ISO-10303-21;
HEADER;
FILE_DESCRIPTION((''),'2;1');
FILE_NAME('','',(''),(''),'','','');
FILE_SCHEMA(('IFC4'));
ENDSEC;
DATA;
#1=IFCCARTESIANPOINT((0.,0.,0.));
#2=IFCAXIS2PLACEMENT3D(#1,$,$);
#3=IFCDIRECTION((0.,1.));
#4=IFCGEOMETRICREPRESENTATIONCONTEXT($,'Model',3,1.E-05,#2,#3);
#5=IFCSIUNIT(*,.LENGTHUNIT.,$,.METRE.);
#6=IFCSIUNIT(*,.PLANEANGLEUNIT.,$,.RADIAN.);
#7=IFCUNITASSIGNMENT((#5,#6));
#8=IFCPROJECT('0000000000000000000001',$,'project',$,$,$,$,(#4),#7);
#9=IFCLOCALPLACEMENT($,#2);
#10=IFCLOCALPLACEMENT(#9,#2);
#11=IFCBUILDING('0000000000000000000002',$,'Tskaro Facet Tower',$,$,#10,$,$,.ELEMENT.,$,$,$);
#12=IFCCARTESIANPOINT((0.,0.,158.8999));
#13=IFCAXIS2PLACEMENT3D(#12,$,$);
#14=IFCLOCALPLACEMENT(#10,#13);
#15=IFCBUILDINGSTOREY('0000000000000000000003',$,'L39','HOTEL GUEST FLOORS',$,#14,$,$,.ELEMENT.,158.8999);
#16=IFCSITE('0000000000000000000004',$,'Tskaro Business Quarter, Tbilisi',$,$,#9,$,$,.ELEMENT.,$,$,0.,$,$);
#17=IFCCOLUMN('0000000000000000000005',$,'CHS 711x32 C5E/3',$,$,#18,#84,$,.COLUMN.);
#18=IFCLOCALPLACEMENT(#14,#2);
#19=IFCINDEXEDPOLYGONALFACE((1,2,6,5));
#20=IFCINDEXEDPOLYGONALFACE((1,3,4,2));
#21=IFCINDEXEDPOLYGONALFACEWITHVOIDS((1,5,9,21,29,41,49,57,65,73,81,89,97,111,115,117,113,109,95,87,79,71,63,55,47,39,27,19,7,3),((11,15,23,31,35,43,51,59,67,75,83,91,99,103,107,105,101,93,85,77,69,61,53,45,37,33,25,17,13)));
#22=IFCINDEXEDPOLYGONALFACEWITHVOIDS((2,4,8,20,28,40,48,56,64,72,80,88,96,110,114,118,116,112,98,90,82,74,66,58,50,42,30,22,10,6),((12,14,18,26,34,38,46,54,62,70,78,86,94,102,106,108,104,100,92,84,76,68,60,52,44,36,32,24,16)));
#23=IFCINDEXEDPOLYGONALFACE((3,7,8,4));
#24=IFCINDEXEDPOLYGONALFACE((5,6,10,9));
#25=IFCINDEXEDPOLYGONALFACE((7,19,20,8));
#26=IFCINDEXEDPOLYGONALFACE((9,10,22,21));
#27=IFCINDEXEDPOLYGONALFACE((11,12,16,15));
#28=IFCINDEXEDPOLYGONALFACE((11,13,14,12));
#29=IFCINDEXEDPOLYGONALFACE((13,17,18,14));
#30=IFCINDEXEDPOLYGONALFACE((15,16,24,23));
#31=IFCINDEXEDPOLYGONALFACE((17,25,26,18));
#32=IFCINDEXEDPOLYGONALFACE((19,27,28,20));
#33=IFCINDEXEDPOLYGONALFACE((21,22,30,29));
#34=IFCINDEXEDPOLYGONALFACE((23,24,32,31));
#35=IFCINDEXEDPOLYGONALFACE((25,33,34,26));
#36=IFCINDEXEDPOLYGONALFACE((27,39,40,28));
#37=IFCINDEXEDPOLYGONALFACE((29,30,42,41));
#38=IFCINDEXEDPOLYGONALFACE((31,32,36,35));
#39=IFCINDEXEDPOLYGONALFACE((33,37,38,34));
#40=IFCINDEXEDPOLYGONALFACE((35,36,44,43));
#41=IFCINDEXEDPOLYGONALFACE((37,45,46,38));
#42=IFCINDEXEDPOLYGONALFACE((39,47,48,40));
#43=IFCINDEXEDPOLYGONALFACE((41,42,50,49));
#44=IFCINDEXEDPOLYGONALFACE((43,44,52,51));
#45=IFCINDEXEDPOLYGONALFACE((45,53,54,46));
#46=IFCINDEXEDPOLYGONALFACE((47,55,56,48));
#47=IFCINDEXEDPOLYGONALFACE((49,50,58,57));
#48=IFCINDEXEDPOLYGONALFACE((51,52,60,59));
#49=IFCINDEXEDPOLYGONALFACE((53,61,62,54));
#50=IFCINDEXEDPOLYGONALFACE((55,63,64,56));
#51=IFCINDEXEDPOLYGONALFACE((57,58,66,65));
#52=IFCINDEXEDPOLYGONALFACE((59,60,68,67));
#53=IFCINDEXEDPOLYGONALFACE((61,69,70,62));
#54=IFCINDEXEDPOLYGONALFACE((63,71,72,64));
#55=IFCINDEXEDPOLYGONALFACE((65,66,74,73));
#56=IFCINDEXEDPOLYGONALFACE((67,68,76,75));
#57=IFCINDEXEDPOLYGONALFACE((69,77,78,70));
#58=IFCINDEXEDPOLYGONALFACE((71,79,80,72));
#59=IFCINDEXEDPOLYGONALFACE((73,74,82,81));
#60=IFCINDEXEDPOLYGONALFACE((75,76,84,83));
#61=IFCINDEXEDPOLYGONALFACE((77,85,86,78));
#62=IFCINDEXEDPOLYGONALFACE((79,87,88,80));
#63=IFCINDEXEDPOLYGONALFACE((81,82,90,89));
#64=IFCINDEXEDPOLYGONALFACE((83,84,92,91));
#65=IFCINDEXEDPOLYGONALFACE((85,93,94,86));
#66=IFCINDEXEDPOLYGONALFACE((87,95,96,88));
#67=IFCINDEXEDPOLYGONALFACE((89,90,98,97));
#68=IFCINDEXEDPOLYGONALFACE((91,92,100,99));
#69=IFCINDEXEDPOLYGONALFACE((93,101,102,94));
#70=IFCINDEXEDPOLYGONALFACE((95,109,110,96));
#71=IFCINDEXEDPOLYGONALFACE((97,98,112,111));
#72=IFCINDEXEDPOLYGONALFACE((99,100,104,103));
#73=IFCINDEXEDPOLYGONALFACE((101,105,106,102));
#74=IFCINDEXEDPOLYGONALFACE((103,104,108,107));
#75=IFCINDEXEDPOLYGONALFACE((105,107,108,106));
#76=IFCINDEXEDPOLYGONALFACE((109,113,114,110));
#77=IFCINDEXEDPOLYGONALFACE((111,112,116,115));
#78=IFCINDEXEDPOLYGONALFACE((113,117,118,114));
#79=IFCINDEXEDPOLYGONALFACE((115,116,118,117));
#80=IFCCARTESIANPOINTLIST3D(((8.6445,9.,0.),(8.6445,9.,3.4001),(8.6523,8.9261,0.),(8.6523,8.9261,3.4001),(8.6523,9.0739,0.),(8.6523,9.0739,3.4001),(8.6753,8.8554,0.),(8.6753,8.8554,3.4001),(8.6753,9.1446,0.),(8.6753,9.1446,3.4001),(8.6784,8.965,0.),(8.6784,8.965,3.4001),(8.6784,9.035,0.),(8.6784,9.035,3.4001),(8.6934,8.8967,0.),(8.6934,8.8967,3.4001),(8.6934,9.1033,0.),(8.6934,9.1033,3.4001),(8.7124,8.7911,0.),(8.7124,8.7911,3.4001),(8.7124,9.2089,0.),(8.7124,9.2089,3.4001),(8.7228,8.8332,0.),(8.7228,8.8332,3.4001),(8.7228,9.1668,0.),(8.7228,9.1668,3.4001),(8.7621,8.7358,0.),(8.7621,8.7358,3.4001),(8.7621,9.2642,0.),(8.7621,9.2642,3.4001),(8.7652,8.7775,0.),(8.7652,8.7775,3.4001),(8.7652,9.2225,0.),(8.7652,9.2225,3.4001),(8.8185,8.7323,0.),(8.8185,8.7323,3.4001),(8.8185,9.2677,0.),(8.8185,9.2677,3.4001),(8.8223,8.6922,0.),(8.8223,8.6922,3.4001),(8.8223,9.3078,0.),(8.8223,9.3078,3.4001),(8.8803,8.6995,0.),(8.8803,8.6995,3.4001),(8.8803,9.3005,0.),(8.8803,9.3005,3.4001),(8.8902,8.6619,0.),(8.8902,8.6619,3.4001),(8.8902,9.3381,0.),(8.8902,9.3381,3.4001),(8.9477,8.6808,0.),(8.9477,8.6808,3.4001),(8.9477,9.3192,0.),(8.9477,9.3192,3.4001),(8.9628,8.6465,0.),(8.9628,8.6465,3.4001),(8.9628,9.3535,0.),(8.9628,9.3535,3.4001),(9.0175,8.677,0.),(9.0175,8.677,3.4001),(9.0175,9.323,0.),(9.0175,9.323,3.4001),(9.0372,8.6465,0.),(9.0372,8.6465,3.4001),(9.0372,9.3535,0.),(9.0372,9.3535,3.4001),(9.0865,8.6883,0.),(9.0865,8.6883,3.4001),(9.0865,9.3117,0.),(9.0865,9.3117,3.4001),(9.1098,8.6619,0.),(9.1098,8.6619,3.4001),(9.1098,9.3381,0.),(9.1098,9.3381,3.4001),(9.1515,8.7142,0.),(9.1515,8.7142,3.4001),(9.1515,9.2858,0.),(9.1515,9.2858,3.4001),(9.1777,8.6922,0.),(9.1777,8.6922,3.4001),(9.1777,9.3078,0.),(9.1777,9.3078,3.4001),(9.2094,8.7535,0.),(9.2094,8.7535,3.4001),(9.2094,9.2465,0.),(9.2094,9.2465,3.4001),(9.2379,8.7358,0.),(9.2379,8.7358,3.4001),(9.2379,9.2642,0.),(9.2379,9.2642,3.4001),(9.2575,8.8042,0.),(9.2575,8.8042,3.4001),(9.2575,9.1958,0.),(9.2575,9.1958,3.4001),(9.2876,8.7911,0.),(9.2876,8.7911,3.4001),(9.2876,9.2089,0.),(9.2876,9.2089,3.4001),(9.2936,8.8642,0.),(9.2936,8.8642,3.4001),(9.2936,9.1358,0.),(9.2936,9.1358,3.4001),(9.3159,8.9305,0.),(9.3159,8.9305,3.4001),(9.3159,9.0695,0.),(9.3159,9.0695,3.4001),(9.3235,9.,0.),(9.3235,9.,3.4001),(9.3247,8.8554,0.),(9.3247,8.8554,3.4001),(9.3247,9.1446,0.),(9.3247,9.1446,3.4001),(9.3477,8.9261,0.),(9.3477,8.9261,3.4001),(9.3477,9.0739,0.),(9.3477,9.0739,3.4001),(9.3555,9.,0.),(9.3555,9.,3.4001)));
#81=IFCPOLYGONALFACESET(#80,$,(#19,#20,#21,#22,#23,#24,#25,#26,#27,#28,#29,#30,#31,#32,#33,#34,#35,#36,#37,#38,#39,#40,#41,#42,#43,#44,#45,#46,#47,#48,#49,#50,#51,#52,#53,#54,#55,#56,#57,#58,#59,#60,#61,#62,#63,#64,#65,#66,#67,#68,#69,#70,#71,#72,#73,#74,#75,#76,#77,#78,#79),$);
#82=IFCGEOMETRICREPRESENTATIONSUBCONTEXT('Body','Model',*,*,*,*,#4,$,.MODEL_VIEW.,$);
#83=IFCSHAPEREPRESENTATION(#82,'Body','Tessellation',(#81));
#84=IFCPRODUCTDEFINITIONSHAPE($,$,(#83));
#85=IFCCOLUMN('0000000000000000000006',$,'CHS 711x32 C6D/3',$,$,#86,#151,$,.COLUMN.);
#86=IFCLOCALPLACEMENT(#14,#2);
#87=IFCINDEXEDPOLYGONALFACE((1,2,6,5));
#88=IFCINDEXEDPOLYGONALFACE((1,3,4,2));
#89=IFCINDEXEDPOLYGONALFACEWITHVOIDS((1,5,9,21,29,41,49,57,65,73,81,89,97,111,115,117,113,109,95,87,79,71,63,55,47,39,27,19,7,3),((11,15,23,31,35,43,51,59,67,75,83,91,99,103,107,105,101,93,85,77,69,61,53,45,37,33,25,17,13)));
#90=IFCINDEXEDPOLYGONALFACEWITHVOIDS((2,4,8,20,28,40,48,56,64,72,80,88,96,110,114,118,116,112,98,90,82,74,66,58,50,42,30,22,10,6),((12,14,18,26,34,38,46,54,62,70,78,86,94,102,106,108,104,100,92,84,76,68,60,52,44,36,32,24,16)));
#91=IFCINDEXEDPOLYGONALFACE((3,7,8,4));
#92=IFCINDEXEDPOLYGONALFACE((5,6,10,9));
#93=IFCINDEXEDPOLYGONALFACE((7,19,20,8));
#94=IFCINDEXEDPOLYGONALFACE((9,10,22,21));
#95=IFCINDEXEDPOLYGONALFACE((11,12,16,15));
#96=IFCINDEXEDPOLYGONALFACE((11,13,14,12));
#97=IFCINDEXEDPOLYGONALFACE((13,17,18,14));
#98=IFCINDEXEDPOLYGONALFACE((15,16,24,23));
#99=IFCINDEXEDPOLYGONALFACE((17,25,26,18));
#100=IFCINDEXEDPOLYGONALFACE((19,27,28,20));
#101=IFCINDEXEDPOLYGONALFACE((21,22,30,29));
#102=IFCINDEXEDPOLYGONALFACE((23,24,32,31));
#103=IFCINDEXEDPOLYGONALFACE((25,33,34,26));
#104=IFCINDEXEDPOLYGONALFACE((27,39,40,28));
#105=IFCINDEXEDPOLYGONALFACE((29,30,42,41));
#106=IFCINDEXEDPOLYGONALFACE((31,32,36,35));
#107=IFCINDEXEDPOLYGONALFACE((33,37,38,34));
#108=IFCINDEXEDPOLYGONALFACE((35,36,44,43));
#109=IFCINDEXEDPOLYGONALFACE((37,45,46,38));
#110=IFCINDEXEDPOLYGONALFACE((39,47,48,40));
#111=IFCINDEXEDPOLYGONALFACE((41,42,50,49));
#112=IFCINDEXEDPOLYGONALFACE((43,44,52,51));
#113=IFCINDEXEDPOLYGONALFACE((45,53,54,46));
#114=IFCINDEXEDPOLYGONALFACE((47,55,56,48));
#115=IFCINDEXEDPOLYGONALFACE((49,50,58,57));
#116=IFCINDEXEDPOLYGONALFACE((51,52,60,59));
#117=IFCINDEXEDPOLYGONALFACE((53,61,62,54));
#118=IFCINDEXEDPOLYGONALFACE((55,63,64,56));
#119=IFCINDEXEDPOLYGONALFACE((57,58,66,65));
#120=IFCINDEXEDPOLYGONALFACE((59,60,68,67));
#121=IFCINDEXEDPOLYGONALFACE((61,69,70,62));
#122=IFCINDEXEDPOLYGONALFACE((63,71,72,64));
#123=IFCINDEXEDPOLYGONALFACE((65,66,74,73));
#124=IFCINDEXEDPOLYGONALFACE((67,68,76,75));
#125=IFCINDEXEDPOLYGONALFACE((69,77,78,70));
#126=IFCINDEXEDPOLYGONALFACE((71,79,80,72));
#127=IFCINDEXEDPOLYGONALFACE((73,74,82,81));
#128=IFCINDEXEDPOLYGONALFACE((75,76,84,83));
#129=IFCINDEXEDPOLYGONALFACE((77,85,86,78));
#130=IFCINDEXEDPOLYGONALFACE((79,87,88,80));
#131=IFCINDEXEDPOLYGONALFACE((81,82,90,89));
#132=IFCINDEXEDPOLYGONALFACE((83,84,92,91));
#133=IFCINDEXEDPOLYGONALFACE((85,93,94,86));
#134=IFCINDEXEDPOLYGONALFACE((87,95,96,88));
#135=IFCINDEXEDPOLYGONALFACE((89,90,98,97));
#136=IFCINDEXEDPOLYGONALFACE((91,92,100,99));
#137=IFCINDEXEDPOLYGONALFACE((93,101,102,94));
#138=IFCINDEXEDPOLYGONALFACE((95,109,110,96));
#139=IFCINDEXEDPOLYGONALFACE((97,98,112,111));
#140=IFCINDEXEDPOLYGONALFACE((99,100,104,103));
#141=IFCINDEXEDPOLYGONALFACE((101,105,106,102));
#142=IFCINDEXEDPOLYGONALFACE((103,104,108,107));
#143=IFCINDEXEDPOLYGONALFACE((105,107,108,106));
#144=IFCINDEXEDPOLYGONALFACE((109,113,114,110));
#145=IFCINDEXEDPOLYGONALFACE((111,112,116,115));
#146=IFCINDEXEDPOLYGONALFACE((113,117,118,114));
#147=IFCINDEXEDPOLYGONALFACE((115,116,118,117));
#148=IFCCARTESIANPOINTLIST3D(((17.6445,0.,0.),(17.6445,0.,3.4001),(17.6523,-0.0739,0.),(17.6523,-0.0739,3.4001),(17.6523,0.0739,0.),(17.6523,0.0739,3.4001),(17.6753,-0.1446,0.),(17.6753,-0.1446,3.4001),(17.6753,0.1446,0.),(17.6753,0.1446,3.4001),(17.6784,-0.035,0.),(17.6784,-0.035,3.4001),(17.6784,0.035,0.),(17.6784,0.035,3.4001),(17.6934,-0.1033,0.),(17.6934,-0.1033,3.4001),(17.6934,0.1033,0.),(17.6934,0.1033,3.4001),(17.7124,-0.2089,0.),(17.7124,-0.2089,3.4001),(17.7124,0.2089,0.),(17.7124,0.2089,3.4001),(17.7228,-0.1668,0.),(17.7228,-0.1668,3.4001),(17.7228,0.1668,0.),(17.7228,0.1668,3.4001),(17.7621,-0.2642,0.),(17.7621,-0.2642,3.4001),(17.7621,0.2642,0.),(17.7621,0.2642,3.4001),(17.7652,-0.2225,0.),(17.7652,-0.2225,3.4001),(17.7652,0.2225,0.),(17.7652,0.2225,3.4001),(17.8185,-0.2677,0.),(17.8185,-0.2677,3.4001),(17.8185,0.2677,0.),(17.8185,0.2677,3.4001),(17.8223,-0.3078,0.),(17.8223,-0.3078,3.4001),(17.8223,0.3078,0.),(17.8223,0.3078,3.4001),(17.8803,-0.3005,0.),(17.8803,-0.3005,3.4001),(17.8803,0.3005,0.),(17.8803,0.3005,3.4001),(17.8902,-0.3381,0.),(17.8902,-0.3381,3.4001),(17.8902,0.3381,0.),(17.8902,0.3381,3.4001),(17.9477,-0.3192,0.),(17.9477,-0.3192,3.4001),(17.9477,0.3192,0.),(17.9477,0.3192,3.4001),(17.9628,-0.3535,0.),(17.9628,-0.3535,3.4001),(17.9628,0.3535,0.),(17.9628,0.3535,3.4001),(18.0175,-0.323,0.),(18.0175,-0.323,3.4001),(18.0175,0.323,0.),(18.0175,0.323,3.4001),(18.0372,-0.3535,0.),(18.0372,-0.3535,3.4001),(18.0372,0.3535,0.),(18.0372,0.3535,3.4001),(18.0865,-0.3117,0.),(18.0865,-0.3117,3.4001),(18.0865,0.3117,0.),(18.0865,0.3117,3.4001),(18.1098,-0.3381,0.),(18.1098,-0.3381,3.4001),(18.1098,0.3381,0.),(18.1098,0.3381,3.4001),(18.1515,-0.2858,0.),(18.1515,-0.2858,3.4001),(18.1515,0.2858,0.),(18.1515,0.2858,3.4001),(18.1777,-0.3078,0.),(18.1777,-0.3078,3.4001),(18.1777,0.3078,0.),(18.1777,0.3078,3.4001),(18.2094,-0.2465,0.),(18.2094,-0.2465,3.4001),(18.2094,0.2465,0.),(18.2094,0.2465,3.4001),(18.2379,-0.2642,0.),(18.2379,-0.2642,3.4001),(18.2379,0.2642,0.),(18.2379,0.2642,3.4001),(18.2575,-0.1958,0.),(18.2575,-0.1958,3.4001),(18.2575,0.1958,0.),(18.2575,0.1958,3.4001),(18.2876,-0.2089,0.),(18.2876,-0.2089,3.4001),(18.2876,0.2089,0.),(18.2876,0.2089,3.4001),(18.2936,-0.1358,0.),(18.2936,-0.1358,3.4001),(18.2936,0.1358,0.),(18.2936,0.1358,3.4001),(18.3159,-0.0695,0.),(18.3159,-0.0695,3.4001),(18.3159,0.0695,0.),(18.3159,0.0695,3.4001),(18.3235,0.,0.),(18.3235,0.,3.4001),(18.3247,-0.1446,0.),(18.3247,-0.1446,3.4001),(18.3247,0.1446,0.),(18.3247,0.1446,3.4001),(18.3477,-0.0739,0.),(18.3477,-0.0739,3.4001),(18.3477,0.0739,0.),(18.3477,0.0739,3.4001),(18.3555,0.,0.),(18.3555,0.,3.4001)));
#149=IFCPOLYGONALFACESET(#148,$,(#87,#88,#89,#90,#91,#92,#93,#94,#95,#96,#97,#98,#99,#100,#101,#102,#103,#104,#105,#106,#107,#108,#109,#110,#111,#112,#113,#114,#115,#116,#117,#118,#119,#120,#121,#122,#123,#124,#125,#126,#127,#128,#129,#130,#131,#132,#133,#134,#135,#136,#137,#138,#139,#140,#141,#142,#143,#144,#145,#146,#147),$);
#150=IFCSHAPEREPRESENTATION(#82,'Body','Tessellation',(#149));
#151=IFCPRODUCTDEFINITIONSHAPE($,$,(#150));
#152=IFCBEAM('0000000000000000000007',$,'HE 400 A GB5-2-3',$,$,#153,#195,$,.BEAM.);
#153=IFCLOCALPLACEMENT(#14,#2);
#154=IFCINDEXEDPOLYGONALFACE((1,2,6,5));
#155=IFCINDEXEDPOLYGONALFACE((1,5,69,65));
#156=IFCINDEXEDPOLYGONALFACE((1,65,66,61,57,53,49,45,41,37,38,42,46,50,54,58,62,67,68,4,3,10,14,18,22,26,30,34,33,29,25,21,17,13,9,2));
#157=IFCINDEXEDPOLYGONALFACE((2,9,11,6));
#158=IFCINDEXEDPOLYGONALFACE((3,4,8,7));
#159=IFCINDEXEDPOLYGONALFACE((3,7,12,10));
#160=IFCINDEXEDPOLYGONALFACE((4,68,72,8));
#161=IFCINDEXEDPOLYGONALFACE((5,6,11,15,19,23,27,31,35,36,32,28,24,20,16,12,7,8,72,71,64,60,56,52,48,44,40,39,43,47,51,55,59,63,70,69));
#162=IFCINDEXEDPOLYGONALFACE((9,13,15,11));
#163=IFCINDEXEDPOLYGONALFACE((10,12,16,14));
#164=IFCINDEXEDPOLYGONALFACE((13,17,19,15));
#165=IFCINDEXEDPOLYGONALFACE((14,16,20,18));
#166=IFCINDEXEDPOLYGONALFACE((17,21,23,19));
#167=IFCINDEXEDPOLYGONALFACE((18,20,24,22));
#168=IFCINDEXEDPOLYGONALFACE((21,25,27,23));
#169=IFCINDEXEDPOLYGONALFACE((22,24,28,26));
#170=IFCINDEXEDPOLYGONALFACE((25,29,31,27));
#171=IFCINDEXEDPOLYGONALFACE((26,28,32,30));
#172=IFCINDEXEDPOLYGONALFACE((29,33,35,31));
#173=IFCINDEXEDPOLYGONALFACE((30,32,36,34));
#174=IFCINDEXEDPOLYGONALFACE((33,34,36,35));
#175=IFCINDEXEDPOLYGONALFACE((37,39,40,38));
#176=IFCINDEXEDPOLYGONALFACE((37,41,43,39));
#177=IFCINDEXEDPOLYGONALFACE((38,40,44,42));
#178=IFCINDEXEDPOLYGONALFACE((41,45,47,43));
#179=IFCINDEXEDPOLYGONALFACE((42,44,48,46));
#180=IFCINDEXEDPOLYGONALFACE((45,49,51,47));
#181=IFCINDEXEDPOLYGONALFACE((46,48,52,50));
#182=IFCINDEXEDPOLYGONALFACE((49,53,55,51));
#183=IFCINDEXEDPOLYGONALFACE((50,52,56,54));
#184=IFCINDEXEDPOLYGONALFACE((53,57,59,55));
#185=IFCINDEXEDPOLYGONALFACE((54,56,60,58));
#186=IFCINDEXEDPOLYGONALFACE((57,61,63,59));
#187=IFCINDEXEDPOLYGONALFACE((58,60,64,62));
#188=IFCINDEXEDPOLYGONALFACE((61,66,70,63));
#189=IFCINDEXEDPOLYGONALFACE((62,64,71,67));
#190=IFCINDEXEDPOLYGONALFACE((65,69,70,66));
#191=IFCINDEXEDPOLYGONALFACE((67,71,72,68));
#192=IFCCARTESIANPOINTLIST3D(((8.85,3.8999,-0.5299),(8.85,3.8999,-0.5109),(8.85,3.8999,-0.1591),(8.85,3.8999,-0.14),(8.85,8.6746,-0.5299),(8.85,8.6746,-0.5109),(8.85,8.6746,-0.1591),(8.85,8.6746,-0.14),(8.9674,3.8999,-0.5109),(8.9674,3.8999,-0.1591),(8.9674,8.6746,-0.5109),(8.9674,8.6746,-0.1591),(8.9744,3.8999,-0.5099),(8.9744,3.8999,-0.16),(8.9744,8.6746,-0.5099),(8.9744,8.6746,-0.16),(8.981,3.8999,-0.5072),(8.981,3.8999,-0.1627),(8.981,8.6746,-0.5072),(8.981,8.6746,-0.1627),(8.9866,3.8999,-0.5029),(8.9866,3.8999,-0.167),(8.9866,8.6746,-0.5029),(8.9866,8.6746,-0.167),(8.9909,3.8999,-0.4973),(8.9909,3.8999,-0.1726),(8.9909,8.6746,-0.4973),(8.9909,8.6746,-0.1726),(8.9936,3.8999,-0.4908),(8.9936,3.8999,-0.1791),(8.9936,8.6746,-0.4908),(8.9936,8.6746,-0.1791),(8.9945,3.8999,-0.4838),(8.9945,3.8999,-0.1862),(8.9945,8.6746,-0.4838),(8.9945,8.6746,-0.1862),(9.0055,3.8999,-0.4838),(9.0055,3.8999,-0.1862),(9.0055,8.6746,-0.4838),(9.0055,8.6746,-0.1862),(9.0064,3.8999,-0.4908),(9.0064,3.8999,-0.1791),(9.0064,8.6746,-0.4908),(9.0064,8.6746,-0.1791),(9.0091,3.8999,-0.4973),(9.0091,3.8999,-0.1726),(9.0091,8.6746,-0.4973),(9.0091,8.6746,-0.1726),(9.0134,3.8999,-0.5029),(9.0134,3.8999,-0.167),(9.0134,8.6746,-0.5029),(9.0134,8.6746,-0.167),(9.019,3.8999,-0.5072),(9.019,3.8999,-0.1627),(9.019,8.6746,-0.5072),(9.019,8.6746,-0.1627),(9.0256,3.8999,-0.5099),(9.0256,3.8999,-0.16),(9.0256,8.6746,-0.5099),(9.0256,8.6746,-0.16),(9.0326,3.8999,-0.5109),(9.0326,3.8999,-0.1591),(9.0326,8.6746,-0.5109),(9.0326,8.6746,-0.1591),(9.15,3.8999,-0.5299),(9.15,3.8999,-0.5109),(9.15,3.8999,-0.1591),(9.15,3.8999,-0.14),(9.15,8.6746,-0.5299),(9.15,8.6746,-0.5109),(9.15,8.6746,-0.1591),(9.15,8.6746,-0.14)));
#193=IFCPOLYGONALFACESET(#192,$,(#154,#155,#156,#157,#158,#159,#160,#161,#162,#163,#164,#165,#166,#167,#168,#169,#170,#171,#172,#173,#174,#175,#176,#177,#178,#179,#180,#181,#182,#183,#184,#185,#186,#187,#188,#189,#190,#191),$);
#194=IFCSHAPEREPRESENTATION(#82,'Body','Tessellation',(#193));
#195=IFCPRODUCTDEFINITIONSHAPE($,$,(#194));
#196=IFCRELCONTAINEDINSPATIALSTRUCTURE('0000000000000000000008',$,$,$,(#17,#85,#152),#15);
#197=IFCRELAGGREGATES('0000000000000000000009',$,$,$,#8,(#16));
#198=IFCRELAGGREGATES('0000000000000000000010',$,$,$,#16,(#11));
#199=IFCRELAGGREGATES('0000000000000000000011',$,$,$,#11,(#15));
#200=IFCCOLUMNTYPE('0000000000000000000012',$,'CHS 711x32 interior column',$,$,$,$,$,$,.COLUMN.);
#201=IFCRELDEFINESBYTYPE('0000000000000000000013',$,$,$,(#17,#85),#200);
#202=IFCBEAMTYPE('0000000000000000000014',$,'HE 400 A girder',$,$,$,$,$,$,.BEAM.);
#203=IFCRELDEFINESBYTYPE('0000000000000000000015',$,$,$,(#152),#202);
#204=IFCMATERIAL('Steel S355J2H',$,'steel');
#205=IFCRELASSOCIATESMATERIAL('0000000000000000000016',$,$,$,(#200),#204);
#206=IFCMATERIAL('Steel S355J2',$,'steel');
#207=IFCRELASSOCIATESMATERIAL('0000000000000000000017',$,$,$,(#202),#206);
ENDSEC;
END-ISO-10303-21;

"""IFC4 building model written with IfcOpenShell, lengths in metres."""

from ifc_helpers import new_model, si_unit, direction, frame, origin, origin_2d, place, context, subcontext, project, spatial, hollow_circle, i_section, extrude, material, material_profile, profile_set, type_object, element, save


model = new_model("IFC4")

# Units and contexts
model_context = context("Model", 3, precision=1e-05, world=origin(), true_north=direction((0.0, 1.0)))
body_context = subcontext(model_context, "Body", "Model", "MODEL_VIEW")
ifc_project = project(units=[si_unit("LENGTHUNIT", "METRE"), si_unit("PLANEANGLEUNIT", "RADIAN")], contexts=[model_context])

# Site, building, storey
site_placement = place(None, origin())
site = spatial("IfcSite", under=ifc_project, at=site_placement, Name="Tskaro Business Quarter, Tbilisi", CompositionType="ELEMENT", RefElevation=0.0)
building_placement = place(site_placement, origin())
building = spatial("IfcBuilding", under=site, at=building_placement, Name="Tskaro Facet Tower", CompositionType="ELEMENT")
storey_placement = place(building_placement, frame((0.0, 0.0, 158.8999)))
storey = spatial("IfcBuildingStorey", under=building, at=storey_placement, Name="L39", Description="HOTEL GUEST FLOORS", CompositionType="ELEMENT", Elevation=158.8999)

# Columns
ifc_material_1 = material(Name="Steel S355J2H", Category="steel")
ifc_material_profile_1 = material_profile(ifc_material_1, hollow_circle(Radius=0.3555, WallThickness=0.032, at=origin_2d()), Name="CHS 711x32")
ifc_profile_set_1 = profile_set([ifc_material_profile_1], Name="Steel S355J2H")
column_type = type_object("IfcColumnType", Name="CHS 711x32 interior column", PredefinedType="COLUMN", material=ifc_profile_set_1)
for number, where, z_axis, x_axis, name in (
    (1, (9.0, 9.0, 0.0), (0.0, 0.0, 1.0), (1.0, 0.0, 0.0), "CHS 711x32 C5E/3"),
    (2, (18.0, 0.0, 0.0), (0.0, 0.0, 1.0), (1.0, 0.0, 0.0), "CHS 711x32 C6D/3"),
):
    element("IfcColumn", number, at=place(storey_placement, frame(where, z_axis=z_axis, x_axis=x_axis)), inside=storey, type_object=column_type, Name=name, PredefinedType="COLUMN", context=body_context, shape_type="SweptSolid", body=[
        extrude(hollow_circle(Radius=0.3555, WallThickness=0.032, at=origin_2d()), origin(), (0.0, 0.0, 1.0), 3.4001),
    ])

# Beam
ifc_material_2 = material(Name="Steel S355J2", Category="steel")
ifc_material_profile_2 = material_profile(ifc_material_2, i_section(OverallWidth=0.3, OverallDepth=0.3899, WebThickness=0.011, FlangeThickness=0.019, FilletRadius=0.0271, at=origin_2d()), Name="HE 400 A")
ifc_profile_set_2 = profile_set([ifc_material_profile_2], Name="Steel S355J2")
beam_type_1 = type_object("IfcBeamType", Name="HE 400 A girder", PredefinedType="BEAM", material=ifc_profile_set_2)
beam_1_placement = place(storey_placement, frame((9.0, 3.8999, -0.335), z_axis=(0.0, 1.0, 0.0), x_axis=(-1.0, 0.0, 0.0)))
element("IfcBeam", 3, at=beam_1_placement, inside=storey, type_object=beam_type_1, Name="HE 400 A GB5-2-3", PredefinedType="BEAM", context=body_context, shape_type="SweptSolid", body=[
    extrude(i_section(OverallWidth=0.3, OverallDepth=0.3899, WebThickness=0.011, FlangeThickness=0.019, FilletRadius=0.0271, at=origin_2d()), origin(), (0.0, 0.0, 1.0), 4.7747),
])

save(model, "model.ifc")
